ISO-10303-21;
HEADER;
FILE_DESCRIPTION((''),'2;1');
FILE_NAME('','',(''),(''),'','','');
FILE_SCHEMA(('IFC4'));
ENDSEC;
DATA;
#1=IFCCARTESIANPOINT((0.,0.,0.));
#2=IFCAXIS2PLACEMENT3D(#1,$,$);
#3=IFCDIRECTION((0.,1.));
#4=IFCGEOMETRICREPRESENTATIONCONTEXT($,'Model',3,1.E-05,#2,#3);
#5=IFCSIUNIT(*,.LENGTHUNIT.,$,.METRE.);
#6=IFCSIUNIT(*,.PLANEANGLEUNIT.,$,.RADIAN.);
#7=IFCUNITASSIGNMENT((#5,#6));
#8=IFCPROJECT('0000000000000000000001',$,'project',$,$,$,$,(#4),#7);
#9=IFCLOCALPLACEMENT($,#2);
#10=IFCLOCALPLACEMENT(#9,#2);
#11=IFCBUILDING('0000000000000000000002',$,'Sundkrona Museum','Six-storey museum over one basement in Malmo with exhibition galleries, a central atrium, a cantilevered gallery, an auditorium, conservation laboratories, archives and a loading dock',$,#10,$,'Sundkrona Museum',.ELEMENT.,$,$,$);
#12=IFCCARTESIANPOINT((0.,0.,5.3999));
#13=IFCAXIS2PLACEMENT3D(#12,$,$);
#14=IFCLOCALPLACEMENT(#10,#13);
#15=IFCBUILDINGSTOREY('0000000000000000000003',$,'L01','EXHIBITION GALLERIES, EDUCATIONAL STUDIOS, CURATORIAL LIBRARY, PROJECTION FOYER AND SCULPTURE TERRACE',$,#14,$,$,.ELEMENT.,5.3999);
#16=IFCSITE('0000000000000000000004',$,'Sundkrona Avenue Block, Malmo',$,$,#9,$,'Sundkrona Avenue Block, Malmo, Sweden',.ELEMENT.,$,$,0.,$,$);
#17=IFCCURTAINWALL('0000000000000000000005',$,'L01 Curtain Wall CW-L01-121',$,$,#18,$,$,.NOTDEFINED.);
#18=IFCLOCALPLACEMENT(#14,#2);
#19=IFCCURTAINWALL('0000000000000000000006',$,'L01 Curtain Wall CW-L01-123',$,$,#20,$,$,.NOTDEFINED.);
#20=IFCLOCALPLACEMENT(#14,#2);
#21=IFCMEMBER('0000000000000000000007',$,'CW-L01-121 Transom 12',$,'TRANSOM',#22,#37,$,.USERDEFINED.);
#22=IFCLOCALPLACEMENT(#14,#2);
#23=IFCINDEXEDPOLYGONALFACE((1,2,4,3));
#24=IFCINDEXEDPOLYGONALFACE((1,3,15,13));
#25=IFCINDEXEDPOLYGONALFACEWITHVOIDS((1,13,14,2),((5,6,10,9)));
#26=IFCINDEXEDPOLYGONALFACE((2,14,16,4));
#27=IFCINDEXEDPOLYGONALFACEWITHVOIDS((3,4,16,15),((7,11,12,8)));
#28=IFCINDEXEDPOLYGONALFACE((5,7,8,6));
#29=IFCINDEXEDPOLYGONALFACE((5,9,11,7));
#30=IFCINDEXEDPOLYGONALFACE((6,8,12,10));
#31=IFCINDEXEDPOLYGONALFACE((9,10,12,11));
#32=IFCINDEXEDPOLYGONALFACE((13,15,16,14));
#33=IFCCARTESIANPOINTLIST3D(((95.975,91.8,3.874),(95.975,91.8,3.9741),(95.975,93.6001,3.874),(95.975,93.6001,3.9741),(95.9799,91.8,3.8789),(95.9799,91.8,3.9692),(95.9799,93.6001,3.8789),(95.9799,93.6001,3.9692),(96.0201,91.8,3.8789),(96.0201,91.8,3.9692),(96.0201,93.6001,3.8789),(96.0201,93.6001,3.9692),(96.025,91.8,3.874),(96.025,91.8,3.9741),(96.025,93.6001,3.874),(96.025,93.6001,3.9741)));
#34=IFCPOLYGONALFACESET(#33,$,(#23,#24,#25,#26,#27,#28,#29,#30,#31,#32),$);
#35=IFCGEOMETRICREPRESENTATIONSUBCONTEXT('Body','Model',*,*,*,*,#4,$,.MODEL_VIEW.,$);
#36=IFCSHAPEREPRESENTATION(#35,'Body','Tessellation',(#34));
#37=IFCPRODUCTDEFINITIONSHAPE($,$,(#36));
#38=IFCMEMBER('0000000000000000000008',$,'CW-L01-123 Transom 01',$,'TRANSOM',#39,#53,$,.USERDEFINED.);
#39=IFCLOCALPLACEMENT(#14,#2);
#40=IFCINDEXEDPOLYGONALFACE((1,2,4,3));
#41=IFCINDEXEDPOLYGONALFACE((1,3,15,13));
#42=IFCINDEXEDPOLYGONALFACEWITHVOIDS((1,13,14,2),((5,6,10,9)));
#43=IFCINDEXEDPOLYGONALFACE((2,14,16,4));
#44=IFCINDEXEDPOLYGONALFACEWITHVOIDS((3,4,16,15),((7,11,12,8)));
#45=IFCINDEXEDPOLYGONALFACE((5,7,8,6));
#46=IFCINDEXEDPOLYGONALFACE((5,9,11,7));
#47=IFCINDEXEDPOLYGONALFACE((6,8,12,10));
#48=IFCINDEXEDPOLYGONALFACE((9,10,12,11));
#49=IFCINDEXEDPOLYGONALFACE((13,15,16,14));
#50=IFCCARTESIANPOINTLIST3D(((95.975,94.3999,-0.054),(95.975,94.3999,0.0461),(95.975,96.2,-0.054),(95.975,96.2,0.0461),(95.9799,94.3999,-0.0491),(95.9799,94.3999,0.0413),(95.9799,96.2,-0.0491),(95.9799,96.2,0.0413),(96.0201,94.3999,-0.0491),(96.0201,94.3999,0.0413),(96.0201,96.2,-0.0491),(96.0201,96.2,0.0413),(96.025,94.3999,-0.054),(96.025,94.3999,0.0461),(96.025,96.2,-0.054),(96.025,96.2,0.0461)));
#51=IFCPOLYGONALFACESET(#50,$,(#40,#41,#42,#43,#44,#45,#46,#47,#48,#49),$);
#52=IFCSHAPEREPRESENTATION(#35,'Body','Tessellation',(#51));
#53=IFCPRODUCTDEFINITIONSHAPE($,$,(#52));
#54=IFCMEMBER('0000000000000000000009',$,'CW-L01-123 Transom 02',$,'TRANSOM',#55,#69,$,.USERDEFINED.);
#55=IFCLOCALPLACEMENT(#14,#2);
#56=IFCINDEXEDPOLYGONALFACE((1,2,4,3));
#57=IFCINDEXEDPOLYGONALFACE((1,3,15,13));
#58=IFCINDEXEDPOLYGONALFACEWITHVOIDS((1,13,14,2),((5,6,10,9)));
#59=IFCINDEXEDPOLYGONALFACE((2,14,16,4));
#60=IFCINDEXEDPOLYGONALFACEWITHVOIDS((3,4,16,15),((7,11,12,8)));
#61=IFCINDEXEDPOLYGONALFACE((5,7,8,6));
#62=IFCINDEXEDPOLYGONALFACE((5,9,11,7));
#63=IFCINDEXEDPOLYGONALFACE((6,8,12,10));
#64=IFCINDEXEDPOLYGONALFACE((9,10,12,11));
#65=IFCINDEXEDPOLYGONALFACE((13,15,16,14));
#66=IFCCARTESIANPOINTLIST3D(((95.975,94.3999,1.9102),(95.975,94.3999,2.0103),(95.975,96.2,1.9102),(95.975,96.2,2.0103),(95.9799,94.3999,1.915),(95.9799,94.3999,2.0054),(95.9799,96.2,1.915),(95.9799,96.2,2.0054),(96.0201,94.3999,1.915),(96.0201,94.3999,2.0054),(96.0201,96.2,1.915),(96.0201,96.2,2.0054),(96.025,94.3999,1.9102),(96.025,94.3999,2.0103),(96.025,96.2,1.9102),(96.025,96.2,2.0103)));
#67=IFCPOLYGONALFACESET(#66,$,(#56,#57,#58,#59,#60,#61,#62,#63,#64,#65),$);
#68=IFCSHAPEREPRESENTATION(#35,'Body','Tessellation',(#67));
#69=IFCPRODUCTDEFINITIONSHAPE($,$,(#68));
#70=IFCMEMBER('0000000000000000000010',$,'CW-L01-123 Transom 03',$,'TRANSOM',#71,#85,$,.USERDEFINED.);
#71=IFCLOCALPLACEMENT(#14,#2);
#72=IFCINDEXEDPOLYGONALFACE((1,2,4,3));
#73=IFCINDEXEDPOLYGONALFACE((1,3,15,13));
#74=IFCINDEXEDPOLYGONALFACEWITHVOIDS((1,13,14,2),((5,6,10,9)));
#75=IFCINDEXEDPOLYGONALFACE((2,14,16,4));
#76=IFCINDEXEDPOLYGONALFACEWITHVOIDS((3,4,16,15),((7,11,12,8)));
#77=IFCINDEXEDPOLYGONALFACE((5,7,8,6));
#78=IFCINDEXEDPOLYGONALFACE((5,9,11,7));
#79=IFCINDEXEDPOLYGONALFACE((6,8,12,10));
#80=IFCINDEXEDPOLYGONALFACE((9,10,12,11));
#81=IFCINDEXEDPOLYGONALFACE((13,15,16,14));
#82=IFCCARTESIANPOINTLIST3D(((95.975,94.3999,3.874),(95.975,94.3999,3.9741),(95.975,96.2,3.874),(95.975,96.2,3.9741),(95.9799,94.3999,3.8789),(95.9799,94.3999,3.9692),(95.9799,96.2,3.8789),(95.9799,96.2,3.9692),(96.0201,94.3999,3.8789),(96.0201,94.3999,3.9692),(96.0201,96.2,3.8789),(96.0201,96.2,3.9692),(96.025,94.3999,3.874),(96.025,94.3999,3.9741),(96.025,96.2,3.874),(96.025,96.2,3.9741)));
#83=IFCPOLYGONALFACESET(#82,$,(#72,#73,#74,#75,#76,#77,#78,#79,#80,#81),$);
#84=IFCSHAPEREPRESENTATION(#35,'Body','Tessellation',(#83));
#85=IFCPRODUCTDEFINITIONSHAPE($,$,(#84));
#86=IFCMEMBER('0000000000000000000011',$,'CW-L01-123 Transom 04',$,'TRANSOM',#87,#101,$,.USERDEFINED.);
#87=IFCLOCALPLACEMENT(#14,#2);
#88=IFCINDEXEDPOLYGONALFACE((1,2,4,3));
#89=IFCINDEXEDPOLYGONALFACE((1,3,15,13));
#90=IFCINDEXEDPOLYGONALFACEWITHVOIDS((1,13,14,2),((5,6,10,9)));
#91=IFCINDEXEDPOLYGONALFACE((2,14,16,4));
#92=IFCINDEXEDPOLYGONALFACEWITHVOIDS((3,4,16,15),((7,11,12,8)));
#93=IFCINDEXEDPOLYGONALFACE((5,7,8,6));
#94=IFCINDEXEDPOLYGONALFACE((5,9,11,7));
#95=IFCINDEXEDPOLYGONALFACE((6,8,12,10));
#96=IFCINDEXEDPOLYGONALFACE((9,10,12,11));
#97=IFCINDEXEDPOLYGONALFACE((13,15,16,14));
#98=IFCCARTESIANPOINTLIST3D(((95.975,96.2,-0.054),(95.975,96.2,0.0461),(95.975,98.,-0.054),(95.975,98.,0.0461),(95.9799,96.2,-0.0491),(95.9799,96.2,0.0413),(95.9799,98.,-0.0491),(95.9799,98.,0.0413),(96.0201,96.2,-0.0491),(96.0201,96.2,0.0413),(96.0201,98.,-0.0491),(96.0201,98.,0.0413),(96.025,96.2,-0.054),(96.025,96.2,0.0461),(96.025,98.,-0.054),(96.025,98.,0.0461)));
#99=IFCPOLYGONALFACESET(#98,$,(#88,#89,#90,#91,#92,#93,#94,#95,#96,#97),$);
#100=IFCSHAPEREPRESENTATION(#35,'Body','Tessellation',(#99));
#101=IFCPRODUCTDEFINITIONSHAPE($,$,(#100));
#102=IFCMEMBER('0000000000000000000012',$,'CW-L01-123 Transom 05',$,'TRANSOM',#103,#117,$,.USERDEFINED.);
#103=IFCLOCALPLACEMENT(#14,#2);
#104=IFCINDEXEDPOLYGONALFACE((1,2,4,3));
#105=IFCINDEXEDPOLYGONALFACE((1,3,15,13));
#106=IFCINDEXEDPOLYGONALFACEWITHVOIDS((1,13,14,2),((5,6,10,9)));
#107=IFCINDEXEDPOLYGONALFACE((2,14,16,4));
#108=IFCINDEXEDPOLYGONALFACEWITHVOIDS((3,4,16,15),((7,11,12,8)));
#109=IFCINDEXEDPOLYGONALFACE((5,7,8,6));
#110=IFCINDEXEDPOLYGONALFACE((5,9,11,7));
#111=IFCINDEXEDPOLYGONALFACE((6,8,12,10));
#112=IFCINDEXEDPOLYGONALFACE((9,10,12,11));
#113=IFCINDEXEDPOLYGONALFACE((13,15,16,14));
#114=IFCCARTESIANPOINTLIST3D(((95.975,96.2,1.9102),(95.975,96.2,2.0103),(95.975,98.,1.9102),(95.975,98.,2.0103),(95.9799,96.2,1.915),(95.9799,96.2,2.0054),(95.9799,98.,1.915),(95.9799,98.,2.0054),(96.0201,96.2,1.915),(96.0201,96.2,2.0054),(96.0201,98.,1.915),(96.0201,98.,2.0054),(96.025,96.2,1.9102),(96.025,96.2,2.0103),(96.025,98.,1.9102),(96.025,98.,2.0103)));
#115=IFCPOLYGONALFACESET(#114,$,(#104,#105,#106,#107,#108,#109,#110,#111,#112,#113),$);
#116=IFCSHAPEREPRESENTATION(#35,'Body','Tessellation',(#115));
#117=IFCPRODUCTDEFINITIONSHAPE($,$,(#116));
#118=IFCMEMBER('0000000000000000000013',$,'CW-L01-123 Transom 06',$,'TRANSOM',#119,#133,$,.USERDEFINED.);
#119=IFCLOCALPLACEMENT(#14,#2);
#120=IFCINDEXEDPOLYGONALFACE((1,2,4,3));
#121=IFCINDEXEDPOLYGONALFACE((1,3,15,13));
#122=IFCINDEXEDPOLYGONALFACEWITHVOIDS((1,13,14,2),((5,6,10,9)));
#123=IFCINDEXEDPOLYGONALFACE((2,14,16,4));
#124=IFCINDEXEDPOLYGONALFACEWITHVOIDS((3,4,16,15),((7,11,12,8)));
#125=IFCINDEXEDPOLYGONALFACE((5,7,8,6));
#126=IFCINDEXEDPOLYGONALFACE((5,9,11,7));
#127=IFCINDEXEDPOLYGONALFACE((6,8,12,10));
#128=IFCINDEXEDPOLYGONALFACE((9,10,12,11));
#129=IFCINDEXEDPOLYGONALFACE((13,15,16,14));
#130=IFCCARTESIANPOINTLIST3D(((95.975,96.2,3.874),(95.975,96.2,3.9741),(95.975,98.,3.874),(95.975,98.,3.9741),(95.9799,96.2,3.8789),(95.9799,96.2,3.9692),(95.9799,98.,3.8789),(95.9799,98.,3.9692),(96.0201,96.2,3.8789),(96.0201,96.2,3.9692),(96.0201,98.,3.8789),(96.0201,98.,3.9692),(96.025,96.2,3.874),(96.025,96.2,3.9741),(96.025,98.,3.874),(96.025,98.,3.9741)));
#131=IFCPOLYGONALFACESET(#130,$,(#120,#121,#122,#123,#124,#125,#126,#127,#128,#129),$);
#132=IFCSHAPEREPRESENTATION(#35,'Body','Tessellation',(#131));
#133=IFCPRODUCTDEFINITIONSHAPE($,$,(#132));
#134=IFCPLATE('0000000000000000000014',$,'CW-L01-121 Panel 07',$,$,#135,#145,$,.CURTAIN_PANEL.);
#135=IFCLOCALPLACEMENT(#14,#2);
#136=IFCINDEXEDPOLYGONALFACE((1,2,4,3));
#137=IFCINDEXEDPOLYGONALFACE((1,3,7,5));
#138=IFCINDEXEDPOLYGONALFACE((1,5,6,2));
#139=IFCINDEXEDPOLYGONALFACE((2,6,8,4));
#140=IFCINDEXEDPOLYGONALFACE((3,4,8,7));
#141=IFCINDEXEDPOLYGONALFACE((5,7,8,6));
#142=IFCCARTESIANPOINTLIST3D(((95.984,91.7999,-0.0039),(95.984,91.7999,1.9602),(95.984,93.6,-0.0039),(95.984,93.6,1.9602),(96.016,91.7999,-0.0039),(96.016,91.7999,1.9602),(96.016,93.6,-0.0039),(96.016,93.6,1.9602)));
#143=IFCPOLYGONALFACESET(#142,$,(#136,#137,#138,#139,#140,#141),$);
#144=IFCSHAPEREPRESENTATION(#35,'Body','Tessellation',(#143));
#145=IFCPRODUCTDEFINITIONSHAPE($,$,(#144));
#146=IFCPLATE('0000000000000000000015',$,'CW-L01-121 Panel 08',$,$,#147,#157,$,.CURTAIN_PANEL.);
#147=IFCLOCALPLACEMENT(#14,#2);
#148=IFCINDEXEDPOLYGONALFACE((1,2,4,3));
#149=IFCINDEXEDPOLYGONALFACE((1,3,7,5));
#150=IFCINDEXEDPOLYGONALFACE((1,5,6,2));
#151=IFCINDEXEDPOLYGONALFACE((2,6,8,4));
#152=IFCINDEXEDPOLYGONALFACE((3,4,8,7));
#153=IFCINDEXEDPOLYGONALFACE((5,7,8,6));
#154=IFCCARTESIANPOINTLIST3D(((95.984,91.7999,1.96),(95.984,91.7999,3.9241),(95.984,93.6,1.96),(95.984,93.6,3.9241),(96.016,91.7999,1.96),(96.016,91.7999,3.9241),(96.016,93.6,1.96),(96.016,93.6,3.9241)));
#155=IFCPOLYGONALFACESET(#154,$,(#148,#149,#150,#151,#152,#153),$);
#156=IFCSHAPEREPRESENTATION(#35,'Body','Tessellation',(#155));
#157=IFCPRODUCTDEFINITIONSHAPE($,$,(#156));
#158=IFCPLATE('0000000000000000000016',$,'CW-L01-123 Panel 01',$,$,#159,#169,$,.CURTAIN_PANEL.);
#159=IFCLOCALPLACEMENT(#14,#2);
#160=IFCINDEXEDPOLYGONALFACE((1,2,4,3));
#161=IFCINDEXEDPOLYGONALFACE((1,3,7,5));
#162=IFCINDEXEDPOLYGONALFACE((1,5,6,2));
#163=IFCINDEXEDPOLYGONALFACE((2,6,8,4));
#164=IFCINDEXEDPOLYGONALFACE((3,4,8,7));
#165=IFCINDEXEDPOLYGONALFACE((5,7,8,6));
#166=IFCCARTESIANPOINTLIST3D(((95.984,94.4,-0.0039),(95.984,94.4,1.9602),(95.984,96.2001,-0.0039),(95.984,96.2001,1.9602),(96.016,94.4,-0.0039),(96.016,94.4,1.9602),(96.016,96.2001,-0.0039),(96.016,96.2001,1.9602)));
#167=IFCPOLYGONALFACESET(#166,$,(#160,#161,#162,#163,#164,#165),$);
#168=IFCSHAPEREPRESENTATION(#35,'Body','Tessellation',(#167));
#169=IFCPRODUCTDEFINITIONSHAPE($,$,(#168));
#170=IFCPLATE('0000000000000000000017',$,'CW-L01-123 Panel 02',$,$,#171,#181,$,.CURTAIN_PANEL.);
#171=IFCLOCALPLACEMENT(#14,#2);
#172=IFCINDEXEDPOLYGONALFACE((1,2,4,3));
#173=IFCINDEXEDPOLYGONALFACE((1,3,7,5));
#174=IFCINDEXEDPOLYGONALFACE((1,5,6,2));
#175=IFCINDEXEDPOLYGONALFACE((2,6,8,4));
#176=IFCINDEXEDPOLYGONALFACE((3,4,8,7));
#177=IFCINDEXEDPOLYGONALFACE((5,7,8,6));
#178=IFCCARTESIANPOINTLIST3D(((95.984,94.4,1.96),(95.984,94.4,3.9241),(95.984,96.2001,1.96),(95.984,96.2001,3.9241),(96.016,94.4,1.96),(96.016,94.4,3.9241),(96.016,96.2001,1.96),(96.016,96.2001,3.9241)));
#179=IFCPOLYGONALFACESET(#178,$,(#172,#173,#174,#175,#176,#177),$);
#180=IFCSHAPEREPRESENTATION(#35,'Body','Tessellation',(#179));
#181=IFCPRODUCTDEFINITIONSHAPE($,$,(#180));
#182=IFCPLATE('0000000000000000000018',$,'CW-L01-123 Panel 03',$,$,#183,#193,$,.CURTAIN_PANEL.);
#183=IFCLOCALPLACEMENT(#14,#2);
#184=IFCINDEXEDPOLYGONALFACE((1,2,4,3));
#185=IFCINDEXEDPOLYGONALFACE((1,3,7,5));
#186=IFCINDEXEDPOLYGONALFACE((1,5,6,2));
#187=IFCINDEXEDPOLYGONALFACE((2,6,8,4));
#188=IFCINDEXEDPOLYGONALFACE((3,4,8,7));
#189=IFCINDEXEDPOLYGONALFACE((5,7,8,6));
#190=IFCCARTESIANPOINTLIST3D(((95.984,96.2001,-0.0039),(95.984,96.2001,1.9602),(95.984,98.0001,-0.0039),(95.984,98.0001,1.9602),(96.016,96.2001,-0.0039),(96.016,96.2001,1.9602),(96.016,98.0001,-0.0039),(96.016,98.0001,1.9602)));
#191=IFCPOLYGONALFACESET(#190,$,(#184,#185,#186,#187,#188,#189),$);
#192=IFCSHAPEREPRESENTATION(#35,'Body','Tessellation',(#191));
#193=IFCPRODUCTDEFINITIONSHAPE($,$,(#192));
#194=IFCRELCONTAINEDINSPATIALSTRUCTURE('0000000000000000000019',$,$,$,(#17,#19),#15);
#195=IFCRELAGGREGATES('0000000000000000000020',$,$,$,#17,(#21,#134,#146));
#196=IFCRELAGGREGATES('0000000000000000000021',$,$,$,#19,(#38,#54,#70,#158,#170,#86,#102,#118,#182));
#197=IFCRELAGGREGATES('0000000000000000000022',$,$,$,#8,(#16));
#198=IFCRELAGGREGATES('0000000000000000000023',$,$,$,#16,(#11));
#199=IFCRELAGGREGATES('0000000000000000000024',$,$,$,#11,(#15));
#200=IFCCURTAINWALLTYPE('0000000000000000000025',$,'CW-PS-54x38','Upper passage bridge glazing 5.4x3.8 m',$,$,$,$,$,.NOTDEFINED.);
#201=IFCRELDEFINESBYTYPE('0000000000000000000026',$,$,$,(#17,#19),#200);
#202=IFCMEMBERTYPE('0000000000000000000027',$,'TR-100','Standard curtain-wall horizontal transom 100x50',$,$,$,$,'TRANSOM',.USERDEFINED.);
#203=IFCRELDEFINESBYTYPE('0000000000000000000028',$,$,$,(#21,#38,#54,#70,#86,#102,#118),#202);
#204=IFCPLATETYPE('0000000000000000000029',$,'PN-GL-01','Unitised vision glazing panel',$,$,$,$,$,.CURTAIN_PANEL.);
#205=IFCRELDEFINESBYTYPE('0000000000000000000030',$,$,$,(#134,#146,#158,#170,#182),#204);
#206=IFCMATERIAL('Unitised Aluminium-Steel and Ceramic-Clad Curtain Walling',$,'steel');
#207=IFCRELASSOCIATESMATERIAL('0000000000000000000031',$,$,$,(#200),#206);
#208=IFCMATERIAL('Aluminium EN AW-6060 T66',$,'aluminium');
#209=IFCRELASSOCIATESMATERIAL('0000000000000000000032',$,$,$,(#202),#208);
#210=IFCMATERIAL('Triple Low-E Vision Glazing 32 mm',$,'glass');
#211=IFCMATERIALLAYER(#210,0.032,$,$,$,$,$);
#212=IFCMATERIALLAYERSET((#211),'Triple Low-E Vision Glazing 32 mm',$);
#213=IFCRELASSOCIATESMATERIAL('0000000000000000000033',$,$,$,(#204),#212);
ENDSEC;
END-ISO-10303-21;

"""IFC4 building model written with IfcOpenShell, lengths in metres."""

from ifc_helpers import new_model, si_unit, direction, frame, origin, origin_2d, place, context, subcontext, project, spatial, rectangle, hollow_rectangle, extrude, material, layer, layer_set, material_profile, profile_set, type_object, element, aggregate, save


model = new_model("IFC4")

# Units and contexts
model_context = context("Model", 3, precision=1e-05, world=origin(), true_north=direction((0.0, 1.0)))
body_context = subcontext(model_context, "Body", "Model", "MODEL_VIEW")
ifc_project = project(units=[si_unit("LENGTHUNIT", "METRE"), si_unit("PLANEANGLEUNIT", "RADIAN")], contexts=[model_context])

# Site, building, storey
site_placement = place(None, origin())
site = spatial("IfcSite", under=ifc_project, at=site_placement, Name="Sundkrona Avenue Block, Malmo", LongName="Sundkrona Avenue Block, Malmo, Sweden", CompositionType="ELEMENT", RefElevation=0.0)
building_placement = place(site_placement, origin())
building = spatial("IfcBuilding", under=site, at=building_placement, Name="Sundkrona Museum", Description="Six-storey museum over one basement in Malmo with exhibition galleries, a central atrium, a cantilevered gallery, an auditorium, conservation laboratories, archives and a loading dock", LongName="Sundkrona Museum", CompositionType="ELEMENT")
storey_placement = place(building_placement, frame((0.0, 0.0, 5.3999)))
storey = spatial("IfcBuildingStorey", under=building, at=storey_placement, Name="L01", Description="EXHIBITION GALLERIES, EDUCATIONAL STUDIOS, CURATORIAL LIBRARY, PROJECTION FOYER AND SCULPTURE TERRACE", CompositionType="ELEMENT", Elevation=5.3999)

# Curtain wall
ifc_material_1 = material(Name="Unitised Aluminium-Steel and Ceramic-Clad Curtain Walling", Category="steel")
curtain_wall_type = type_object("IfcCurtainWallType", Name="CW-PS-54x38", Description="Upper passage bridge glazing 5.4x3.8 m", PredefinedType="NOTDEFINED", material=ifc_material_1)
curtain_wall_1_placement = place(storey_placement, origin())
curtain_wall_1 = element("IfcCurtainWall", 1, at=curtain_wall_1_placement, inside=storey, type_object=curtain_wall_type, Name="L01 Curtain Wall CW-L01-121", PredefinedType="NOTDEFINED")
ifc_material_2 = material(Name="Aluminium EN AW-6060 T66", Category="aluminium")

# Curtain wall
curtain_wall_2_placement = place(storey_placement, origin())
curtain_wall_2 = element("IfcCurtainWall", 2, at=curtain_wall_2_placement, inside=storey, type_object=curtain_wall_type, Name="L01 Curtain Wall CW-L01-123", PredefinedType="NOTDEFINED")

# Members
ifc_material_profile_1 = material_profile(ifc_material_2, hollow_rectangle(XDim=0.05, YDim=0.1001, WallThickness=0.0049, at=origin_2d()), Name="RHS 100x50x5.0")
ifc_profile_set_1 = profile_set([ifc_material_profile_1], Name="Aluminium EN AW-6060 T66")
member_type_1 = type_object("IfcMemberType", Name="TR-100", Description="Standard curtain-wall horizontal transom 100x50", ElementType="TRANSOM", PredefinedType="USERDEFINED", material=ifc_profile_set_1)
member_1_placement = place(storey_placement, frame((96.0, 91.8, 3.9241), z_axis=(0.0, 1.0, 0.0), x_axis=(-1.0, 0.0, 0.0)))
member_1 = element("IfcMember", 3, at=member_1_placement, type_object=member_type_1, Name="CW-L01-121 Transom 12", ObjectType="TRANSOM", PredefinedType="USERDEFINED", context=body_context, shape_type="SweptSolid", body=[
    extrude(hollow_rectangle(XDim=0.05, YDim=0.1001, WallThickness=0.0049, at=origin_2d()), origin(), (0.0, 0.0, 1.0), 1.8),
])
member_2_placement = place(storey_placement, frame((96.0, 94.3999, -0.0039), z_axis=(0.0, 1.0, 0.0), x_axis=(-1.0, 0.0, 0.0)))
member_2 = element("IfcMember", 4, at=member_2_placement, type_object=member_type_1, Name="CW-L01-123 Transom 01", ObjectType="TRANSOM", PredefinedType="USERDEFINED", context=body_context, shape_type="SweptSolid", body=[
    extrude(hollow_rectangle(XDim=0.05, YDim=0.1001, WallThickness=0.0049, at=origin_2d()), origin(), (0.0, 0.0, 1.0), 1.8),
])
member_3_placement = place(storey_placement, frame((96.0, 94.3999, 1.9602), z_axis=(0.0, 1.0, 0.0), x_axis=(-1.0, 0.0, 0.0)))
member_3 = element("IfcMember", 5, at=member_3_placement, type_object=member_type_1, Name="CW-L01-123 Transom 02", ObjectType="TRANSOM", PredefinedType="USERDEFINED", context=body_context, shape_type="SweptSolid", body=[
    extrude(hollow_rectangle(XDim=0.05, YDim=0.1001, WallThickness=0.0049, at=origin_2d()), origin(), (0.0, 0.0, 1.0), 1.8),
])
member_4_placement = place(storey_placement, frame((96.0, 94.3999, 3.9241), z_axis=(0.0, 1.0, 0.0), x_axis=(-1.0, 0.0, 0.0)))
member_4 = element("IfcMember", 6, at=member_4_placement, type_object=member_type_1, Name="CW-L01-123 Transom 03", ObjectType="TRANSOM", PredefinedType="USERDEFINED", context=body_context, shape_type="SweptSolid", body=[
    extrude(hollow_rectangle(XDim=0.05, YDim=0.1001, WallThickness=0.0049, at=origin_2d()), origin(), (0.0, 0.0, 1.0), 1.8),
])
member_5_placement = place(storey_placement, frame((96.0, 96.2, -0.0039), z_axis=(0.0, 1.0, 0.0), x_axis=(-1.0, 0.0, 0.0)))
member_5 = element("IfcMember", 7, at=member_5_placement, type_object=member_type_1, Name="CW-L01-123 Transom 04", ObjectType="TRANSOM", PredefinedType="USERDEFINED", context=body_context, shape_type="SweptSolid", body=[
    extrude(hollow_rectangle(XDim=0.05, YDim=0.1001, WallThickness=0.0049, at=origin_2d()), origin(), (0.0, 0.0, 1.0), 1.8),
])
member_6_placement = place(storey_placement, frame((96.0, 96.2, 1.9602), z_axis=(0.0, 1.0, 0.0), x_axis=(-1.0, 0.0, 0.0)))
member_6 = element("IfcMember", 8, at=member_6_placement, type_object=member_type_1, Name="CW-L01-123 Transom 05", ObjectType="TRANSOM", PredefinedType="USERDEFINED", context=body_context, shape_type="SweptSolid", body=[
    extrude(hollow_rectangle(XDim=0.05, YDim=0.1001, WallThickness=0.0049, at=origin_2d()), origin(), (0.0, 0.0, 1.0), 1.8),
])
member_7_placement = place(storey_placement, frame((96.0, 96.2, 3.9241), z_axis=(0.0, 1.0, 0.0), x_axis=(-1.0, 0.0, 0.0)))
member_7 = element("IfcMember", 9, at=member_7_placement, type_object=member_type_1, Name="CW-L01-123 Transom 06", ObjectType="TRANSOM", PredefinedType="USERDEFINED", context=body_context, shape_type="SweptSolid", body=[
    extrude(hollow_rectangle(XDim=0.05, YDim=0.1001, WallThickness=0.0049, at=origin_2d()), origin(), (0.0, 0.0, 1.0), 1.8),
])

# Plates
ifc_material_3 = material(Name="Triple Low-E Vision Glazing 32 mm", Category="glass")
ifc_layer_1 = layer(ifc_material_3, 0.032)
ifc_layer_set_1 = layer_set([ifc_layer_1], Name="Triple Low-E Vision Glazing 32 mm")
plate_type = type_object("IfcPlateType", Name="PN-GL-01", Description="Unitised vision glazing panel", PredefinedType="CURTAIN_PANEL", material=ifc_layer_set_1)
plate_1_placement = place(storey_placement, frame((96.0, 92.7, -0.0039), z_axis=(0.0, 0.0, 1.0), x_axis=(0.0, 1.0, 0.0)))
plate_1 = element("IfcPlate", 10, at=plate_1_placement, type_object=plate_type, Name="CW-L01-121 Panel 07", PredefinedType="CURTAIN_PANEL", context=body_context, shape_type="SweptSolid", body=[
    extrude(rectangle(XDim=1.8, YDim=0.032, at=origin_2d()), origin(), (0.0, 0.0, 1.0), 1.9641),
])
plate_2_placement = place(storey_placement, frame((96.0, 92.7, 1.96), z_axis=(0.0, 0.0, 1.0), x_axis=(0.0, 1.0, 0.0)))
plate_2 = element("IfcPlate", 11, at=plate_2_placement, type_object=plate_type, Name="CW-L01-121 Panel 08", PredefinedType="CURTAIN_PANEL", context=body_context, shape_type="SweptSolid", body=[
    extrude(rectangle(XDim=1.8, YDim=0.032, at=origin_2d()), origin(), (0.0, 0.0, 1.0), 1.9641),
])
aggregate(curtain_wall_1, [member_1, plate_1, plate_2])
plate_3_placement = place(storey_placement, frame((96.0, 95.3, -0.0039), z_axis=(0.0, 0.0, 1.0), x_axis=(0.0, 1.0, 0.0)))
plate_3 = element("IfcPlate", 12, at=plate_3_placement, type_object=plate_type, Name="CW-L01-123 Panel 01", PredefinedType="CURTAIN_PANEL", context=body_context, shape_type="SweptSolid", body=[
    extrude(rectangle(XDim=1.8, YDim=0.032, at=origin_2d()), origin(), (0.0, 0.0, 1.0), 1.9641),
])
plate_4_placement = place(storey_placement, frame((96.0, 95.3, 1.96), z_axis=(0.0, 0.0, 1.0), x_axis=(0.0, 1.0, 0.0)))
plate_4 = element("IfcPlate", 13, at=plate_4_placement, type_object=plate_type, Name="CW-L01-123 Panel 02", PredefinedType="CURTAIN_PANEL", context=body_context, shape_type="SweptSolid", body=[
    extrude(rectangle(XDim=1.8, YDim=0.032, at=origin_2d()), origin(), (0.0, 0.0, 1.0), 1.9641),
])
plate_5_placement = place(storey_placement, frame((96.0, 97.1001, -0.0039), z_axis=(0.0, 0.0, 1.0), x_axis=(0.0, 1.0, 0.0)))
plate_5 = element("IfcPlate", 14, at=plate_5_placement, type_object=plate_type, Name="CW-L01-123 Panel 03", PredefinedType="CURTAIN_PANEL", context=body_context, shape_type="SweptSolid", body=[
    extrude(rectangle(XDim=1.8, YDim=0.032, at=origin_2d()), origin(), (0.0, 0.0, 1.0), 1.9641),
])
aggregate(curtain_wall_2, [member_2, member_3, member_4, plate_3, plate_4, member_5, member_6, member_7, plate_5])

save(model, "model.ifc")
